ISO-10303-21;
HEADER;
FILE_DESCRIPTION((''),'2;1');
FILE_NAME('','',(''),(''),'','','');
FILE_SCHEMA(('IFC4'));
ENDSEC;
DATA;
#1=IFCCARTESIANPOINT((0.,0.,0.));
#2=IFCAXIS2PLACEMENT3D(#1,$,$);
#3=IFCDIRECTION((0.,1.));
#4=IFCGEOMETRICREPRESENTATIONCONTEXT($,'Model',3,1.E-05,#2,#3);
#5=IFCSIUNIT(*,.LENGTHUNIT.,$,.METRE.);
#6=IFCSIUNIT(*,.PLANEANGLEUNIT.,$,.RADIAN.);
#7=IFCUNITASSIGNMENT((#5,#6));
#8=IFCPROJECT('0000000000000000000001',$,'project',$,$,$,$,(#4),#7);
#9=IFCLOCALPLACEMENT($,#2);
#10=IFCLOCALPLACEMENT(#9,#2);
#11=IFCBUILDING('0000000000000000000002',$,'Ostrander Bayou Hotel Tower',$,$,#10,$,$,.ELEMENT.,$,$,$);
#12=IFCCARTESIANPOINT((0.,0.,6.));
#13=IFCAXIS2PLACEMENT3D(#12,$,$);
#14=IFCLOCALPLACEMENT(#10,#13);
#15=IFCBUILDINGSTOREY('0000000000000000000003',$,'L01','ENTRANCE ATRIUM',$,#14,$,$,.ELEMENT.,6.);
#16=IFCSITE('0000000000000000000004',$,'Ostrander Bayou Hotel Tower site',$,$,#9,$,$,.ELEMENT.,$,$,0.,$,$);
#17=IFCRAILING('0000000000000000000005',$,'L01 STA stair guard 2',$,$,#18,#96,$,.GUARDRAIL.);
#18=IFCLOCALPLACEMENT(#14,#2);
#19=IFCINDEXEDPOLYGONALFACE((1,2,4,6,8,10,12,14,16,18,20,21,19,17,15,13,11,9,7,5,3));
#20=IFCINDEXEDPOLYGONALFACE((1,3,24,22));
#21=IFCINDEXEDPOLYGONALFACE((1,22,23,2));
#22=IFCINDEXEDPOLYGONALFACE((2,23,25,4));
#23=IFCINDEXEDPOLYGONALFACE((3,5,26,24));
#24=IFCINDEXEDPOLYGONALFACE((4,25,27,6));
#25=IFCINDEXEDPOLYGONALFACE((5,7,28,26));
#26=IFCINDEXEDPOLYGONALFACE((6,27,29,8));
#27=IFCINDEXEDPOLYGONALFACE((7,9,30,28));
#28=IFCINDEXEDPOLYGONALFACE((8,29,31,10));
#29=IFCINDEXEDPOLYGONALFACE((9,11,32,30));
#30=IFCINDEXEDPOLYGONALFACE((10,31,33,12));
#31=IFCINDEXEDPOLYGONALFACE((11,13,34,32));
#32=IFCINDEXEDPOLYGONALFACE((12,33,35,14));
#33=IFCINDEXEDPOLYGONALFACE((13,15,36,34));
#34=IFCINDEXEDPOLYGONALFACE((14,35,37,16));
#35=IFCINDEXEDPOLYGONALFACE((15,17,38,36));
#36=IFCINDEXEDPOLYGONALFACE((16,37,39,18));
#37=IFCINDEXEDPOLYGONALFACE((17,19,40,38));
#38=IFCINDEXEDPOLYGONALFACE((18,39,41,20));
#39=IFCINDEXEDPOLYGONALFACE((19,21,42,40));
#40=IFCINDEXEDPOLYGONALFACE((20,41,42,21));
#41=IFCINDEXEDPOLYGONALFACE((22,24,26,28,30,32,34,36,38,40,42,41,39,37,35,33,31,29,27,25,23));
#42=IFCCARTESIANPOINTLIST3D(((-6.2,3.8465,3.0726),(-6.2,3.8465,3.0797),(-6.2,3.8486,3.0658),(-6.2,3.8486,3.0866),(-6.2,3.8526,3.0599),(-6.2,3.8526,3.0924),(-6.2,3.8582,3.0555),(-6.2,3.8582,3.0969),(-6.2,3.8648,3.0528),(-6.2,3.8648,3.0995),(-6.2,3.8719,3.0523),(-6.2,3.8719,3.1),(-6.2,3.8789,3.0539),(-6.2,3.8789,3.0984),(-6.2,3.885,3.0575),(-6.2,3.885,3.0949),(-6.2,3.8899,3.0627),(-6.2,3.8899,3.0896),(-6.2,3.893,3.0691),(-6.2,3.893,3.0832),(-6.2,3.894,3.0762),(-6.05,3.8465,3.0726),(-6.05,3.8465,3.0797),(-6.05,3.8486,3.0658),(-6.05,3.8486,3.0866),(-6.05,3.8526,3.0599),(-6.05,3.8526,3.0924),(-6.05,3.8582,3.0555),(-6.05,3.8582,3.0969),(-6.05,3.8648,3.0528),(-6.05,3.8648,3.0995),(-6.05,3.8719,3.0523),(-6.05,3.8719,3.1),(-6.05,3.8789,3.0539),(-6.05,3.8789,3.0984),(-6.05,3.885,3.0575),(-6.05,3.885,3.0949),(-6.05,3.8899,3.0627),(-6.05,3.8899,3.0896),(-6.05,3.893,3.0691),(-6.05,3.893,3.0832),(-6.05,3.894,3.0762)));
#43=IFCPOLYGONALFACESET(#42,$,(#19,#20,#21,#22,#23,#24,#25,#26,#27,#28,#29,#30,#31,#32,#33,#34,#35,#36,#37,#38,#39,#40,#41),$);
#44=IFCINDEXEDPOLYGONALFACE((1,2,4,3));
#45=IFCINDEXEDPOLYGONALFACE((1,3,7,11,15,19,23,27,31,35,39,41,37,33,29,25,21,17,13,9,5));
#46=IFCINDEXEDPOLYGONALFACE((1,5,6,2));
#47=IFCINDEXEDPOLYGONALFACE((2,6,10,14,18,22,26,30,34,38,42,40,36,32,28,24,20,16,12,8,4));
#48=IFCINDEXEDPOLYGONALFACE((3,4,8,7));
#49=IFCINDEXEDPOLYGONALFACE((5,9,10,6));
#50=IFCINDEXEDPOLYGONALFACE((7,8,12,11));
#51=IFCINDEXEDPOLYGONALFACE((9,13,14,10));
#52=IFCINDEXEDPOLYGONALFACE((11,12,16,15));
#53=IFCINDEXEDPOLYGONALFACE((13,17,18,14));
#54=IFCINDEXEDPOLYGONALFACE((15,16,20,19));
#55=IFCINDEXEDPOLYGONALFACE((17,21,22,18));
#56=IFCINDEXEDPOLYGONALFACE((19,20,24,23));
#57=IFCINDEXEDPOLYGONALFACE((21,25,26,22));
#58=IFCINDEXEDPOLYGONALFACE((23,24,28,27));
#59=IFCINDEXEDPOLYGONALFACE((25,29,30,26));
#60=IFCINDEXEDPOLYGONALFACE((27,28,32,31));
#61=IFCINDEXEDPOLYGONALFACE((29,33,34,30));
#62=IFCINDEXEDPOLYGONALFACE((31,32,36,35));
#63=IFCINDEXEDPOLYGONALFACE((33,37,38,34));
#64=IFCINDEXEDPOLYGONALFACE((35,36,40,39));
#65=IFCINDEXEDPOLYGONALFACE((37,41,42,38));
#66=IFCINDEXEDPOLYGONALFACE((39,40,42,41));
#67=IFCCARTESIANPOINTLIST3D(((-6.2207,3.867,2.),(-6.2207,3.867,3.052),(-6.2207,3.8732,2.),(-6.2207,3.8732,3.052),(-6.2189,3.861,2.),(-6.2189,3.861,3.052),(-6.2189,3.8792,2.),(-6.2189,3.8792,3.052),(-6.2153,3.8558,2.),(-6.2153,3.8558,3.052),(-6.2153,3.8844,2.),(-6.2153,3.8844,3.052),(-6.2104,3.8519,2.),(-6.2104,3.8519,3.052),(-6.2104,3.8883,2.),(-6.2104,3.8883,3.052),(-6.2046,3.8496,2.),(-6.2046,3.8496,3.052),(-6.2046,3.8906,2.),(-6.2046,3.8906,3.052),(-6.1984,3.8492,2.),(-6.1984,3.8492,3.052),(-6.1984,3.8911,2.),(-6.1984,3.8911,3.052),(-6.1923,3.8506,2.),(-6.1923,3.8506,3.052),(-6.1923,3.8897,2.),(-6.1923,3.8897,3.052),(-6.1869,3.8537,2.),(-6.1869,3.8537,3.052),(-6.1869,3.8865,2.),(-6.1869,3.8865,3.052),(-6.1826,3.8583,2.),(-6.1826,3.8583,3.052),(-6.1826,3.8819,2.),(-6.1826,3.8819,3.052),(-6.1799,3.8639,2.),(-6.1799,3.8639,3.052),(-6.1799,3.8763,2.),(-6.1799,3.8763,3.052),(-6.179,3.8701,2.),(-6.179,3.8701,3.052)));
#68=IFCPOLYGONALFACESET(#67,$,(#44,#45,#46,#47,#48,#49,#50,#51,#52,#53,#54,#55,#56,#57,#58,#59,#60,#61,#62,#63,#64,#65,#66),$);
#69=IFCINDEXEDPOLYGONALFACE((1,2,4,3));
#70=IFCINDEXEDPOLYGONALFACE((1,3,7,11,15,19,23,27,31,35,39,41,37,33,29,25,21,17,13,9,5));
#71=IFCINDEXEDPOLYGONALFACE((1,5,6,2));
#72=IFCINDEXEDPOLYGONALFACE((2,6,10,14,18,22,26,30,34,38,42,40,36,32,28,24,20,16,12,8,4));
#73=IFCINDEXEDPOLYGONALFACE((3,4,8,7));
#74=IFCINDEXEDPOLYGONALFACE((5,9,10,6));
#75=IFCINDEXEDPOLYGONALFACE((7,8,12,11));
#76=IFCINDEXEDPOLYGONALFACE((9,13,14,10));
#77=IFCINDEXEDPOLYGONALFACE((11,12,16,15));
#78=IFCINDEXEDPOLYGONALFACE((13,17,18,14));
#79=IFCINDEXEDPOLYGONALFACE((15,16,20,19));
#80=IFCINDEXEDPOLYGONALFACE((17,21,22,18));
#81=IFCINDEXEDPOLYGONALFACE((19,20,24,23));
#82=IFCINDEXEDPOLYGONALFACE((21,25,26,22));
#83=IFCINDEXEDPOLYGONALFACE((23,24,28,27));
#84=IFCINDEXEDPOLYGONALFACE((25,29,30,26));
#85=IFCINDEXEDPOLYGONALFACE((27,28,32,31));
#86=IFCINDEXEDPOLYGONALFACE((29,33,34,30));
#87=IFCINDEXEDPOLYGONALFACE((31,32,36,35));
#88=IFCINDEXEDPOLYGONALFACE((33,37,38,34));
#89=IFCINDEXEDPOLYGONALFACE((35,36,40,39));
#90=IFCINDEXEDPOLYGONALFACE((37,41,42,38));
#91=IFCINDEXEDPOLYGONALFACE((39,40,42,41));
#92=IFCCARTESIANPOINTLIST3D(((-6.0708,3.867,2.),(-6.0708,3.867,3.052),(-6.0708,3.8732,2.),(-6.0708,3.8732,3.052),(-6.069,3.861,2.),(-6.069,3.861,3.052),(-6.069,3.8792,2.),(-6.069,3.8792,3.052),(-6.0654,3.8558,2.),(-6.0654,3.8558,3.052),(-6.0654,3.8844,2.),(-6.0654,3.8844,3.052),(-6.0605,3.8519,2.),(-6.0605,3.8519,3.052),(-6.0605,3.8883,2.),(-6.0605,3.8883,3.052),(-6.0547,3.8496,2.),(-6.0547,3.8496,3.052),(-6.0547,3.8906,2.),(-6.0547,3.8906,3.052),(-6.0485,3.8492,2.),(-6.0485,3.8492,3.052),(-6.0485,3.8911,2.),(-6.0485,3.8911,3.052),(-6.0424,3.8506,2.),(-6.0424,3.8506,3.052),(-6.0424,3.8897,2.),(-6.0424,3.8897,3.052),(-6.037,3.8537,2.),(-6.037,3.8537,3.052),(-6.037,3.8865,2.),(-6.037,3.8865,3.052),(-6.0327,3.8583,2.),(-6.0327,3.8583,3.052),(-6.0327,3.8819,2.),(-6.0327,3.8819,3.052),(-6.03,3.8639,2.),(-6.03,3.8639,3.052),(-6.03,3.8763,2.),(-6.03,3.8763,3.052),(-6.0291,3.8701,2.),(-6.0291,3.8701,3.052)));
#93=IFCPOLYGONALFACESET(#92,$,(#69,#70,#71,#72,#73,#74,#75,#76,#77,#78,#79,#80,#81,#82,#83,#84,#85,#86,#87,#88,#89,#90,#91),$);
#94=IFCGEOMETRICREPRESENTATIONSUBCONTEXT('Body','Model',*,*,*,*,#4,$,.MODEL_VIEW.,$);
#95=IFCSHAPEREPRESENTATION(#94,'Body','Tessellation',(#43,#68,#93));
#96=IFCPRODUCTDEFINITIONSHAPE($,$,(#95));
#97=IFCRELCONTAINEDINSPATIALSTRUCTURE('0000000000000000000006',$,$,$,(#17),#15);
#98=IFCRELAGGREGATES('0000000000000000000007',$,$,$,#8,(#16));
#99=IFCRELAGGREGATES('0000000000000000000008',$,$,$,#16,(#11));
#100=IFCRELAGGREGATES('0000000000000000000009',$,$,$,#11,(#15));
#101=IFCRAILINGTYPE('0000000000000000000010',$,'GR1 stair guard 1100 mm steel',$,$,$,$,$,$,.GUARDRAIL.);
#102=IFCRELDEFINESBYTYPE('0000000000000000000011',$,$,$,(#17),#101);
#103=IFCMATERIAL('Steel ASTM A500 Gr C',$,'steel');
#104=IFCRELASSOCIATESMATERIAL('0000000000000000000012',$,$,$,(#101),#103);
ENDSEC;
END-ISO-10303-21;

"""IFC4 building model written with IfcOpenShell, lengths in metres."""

from ifc_helpers import new_model, si_unit, direction, frame, origin, origin_2d, place, context, subcontext, project, spatial, circle, extrude, material, type_object, element, save


model = new_model("IFC4")

# Units and contexts
model_context = context("Model", 3, precision=1e-05, world=origin(), true_north=direction((0.0, 1.0)))
body_context = subcontext(model_context, "Body", "Model", "MODEL_VIEW")
ifc_project = project(units=[si_unit("LENGTHUNIT", "METRE"), si_unit("PLANEANGLEUNIT", "RADIAN")], contexts=[model_context])

# Site, building, storey
site_placement = place(None, origin())
site = spatial("IfcSite", under=ifc_project, at=site_placement, Name="Ostrander Bayou Hotel Tower site", CompositionType="ELEMENT", RefElevation=0.0)
building_placement = place(site_placement, origin())
building = spatial("IfcBuilding", under=site, at=building_placement, Name="Ostrander Bayou Hotel Tower", CompositionType="ELEMENT")
storey_placement = place(building_placement, frame((0.0, 0.0, 6.0)))
storey = spatial("IfcBuildingStorey", under=building, at=storey_placement, Name="L01", Description="ENTRANCE ATRIUM", CompositionType="ELEMENT", Elevation=6.0)

# Railing
ifc_material_1 = material(Name="Steel ASTM A500 Gr C", Category="steel")
railing_type_1 = type_object("IfcRailingType", Name="GR1 stair guard 1100 mm steel", PredefinedType="GUARDRAIL", material=ifc_material_1)
railing_1_placement = place(storey_placement, frame((-6.2, 3.8701, 2.0)))
element("IfcRailing", 1, at=railing_1_placement, inside=storey, type_object=railing_type_1, Name="L01 STA stair guard 2", PredefinedType="GUARDRAIL", context=body_context, shape_type="SweptSolid", body=[
    extrude(circle(Radius=0.0239, at=origin_2d()), frame((0.0, 0.0, 1.0762), z_axis=(1.0, 0.0, 0.0), x_axis=(0.0, 1.0, 0.0)), (0.0, 0.0, 1.0), 0.1499),
    extrude(circle(Radius=0.021, at=origin_2d()), origin(), (0.0, 0.0, 1.0), 1.052),
    extrude(circle(Radius=0.021, at=origin_2d()), frame((0.1499, 0.0, 0.0)), (0.0, 0.0, 1.0), 1.052),
])

save(model, "model.ifc")
